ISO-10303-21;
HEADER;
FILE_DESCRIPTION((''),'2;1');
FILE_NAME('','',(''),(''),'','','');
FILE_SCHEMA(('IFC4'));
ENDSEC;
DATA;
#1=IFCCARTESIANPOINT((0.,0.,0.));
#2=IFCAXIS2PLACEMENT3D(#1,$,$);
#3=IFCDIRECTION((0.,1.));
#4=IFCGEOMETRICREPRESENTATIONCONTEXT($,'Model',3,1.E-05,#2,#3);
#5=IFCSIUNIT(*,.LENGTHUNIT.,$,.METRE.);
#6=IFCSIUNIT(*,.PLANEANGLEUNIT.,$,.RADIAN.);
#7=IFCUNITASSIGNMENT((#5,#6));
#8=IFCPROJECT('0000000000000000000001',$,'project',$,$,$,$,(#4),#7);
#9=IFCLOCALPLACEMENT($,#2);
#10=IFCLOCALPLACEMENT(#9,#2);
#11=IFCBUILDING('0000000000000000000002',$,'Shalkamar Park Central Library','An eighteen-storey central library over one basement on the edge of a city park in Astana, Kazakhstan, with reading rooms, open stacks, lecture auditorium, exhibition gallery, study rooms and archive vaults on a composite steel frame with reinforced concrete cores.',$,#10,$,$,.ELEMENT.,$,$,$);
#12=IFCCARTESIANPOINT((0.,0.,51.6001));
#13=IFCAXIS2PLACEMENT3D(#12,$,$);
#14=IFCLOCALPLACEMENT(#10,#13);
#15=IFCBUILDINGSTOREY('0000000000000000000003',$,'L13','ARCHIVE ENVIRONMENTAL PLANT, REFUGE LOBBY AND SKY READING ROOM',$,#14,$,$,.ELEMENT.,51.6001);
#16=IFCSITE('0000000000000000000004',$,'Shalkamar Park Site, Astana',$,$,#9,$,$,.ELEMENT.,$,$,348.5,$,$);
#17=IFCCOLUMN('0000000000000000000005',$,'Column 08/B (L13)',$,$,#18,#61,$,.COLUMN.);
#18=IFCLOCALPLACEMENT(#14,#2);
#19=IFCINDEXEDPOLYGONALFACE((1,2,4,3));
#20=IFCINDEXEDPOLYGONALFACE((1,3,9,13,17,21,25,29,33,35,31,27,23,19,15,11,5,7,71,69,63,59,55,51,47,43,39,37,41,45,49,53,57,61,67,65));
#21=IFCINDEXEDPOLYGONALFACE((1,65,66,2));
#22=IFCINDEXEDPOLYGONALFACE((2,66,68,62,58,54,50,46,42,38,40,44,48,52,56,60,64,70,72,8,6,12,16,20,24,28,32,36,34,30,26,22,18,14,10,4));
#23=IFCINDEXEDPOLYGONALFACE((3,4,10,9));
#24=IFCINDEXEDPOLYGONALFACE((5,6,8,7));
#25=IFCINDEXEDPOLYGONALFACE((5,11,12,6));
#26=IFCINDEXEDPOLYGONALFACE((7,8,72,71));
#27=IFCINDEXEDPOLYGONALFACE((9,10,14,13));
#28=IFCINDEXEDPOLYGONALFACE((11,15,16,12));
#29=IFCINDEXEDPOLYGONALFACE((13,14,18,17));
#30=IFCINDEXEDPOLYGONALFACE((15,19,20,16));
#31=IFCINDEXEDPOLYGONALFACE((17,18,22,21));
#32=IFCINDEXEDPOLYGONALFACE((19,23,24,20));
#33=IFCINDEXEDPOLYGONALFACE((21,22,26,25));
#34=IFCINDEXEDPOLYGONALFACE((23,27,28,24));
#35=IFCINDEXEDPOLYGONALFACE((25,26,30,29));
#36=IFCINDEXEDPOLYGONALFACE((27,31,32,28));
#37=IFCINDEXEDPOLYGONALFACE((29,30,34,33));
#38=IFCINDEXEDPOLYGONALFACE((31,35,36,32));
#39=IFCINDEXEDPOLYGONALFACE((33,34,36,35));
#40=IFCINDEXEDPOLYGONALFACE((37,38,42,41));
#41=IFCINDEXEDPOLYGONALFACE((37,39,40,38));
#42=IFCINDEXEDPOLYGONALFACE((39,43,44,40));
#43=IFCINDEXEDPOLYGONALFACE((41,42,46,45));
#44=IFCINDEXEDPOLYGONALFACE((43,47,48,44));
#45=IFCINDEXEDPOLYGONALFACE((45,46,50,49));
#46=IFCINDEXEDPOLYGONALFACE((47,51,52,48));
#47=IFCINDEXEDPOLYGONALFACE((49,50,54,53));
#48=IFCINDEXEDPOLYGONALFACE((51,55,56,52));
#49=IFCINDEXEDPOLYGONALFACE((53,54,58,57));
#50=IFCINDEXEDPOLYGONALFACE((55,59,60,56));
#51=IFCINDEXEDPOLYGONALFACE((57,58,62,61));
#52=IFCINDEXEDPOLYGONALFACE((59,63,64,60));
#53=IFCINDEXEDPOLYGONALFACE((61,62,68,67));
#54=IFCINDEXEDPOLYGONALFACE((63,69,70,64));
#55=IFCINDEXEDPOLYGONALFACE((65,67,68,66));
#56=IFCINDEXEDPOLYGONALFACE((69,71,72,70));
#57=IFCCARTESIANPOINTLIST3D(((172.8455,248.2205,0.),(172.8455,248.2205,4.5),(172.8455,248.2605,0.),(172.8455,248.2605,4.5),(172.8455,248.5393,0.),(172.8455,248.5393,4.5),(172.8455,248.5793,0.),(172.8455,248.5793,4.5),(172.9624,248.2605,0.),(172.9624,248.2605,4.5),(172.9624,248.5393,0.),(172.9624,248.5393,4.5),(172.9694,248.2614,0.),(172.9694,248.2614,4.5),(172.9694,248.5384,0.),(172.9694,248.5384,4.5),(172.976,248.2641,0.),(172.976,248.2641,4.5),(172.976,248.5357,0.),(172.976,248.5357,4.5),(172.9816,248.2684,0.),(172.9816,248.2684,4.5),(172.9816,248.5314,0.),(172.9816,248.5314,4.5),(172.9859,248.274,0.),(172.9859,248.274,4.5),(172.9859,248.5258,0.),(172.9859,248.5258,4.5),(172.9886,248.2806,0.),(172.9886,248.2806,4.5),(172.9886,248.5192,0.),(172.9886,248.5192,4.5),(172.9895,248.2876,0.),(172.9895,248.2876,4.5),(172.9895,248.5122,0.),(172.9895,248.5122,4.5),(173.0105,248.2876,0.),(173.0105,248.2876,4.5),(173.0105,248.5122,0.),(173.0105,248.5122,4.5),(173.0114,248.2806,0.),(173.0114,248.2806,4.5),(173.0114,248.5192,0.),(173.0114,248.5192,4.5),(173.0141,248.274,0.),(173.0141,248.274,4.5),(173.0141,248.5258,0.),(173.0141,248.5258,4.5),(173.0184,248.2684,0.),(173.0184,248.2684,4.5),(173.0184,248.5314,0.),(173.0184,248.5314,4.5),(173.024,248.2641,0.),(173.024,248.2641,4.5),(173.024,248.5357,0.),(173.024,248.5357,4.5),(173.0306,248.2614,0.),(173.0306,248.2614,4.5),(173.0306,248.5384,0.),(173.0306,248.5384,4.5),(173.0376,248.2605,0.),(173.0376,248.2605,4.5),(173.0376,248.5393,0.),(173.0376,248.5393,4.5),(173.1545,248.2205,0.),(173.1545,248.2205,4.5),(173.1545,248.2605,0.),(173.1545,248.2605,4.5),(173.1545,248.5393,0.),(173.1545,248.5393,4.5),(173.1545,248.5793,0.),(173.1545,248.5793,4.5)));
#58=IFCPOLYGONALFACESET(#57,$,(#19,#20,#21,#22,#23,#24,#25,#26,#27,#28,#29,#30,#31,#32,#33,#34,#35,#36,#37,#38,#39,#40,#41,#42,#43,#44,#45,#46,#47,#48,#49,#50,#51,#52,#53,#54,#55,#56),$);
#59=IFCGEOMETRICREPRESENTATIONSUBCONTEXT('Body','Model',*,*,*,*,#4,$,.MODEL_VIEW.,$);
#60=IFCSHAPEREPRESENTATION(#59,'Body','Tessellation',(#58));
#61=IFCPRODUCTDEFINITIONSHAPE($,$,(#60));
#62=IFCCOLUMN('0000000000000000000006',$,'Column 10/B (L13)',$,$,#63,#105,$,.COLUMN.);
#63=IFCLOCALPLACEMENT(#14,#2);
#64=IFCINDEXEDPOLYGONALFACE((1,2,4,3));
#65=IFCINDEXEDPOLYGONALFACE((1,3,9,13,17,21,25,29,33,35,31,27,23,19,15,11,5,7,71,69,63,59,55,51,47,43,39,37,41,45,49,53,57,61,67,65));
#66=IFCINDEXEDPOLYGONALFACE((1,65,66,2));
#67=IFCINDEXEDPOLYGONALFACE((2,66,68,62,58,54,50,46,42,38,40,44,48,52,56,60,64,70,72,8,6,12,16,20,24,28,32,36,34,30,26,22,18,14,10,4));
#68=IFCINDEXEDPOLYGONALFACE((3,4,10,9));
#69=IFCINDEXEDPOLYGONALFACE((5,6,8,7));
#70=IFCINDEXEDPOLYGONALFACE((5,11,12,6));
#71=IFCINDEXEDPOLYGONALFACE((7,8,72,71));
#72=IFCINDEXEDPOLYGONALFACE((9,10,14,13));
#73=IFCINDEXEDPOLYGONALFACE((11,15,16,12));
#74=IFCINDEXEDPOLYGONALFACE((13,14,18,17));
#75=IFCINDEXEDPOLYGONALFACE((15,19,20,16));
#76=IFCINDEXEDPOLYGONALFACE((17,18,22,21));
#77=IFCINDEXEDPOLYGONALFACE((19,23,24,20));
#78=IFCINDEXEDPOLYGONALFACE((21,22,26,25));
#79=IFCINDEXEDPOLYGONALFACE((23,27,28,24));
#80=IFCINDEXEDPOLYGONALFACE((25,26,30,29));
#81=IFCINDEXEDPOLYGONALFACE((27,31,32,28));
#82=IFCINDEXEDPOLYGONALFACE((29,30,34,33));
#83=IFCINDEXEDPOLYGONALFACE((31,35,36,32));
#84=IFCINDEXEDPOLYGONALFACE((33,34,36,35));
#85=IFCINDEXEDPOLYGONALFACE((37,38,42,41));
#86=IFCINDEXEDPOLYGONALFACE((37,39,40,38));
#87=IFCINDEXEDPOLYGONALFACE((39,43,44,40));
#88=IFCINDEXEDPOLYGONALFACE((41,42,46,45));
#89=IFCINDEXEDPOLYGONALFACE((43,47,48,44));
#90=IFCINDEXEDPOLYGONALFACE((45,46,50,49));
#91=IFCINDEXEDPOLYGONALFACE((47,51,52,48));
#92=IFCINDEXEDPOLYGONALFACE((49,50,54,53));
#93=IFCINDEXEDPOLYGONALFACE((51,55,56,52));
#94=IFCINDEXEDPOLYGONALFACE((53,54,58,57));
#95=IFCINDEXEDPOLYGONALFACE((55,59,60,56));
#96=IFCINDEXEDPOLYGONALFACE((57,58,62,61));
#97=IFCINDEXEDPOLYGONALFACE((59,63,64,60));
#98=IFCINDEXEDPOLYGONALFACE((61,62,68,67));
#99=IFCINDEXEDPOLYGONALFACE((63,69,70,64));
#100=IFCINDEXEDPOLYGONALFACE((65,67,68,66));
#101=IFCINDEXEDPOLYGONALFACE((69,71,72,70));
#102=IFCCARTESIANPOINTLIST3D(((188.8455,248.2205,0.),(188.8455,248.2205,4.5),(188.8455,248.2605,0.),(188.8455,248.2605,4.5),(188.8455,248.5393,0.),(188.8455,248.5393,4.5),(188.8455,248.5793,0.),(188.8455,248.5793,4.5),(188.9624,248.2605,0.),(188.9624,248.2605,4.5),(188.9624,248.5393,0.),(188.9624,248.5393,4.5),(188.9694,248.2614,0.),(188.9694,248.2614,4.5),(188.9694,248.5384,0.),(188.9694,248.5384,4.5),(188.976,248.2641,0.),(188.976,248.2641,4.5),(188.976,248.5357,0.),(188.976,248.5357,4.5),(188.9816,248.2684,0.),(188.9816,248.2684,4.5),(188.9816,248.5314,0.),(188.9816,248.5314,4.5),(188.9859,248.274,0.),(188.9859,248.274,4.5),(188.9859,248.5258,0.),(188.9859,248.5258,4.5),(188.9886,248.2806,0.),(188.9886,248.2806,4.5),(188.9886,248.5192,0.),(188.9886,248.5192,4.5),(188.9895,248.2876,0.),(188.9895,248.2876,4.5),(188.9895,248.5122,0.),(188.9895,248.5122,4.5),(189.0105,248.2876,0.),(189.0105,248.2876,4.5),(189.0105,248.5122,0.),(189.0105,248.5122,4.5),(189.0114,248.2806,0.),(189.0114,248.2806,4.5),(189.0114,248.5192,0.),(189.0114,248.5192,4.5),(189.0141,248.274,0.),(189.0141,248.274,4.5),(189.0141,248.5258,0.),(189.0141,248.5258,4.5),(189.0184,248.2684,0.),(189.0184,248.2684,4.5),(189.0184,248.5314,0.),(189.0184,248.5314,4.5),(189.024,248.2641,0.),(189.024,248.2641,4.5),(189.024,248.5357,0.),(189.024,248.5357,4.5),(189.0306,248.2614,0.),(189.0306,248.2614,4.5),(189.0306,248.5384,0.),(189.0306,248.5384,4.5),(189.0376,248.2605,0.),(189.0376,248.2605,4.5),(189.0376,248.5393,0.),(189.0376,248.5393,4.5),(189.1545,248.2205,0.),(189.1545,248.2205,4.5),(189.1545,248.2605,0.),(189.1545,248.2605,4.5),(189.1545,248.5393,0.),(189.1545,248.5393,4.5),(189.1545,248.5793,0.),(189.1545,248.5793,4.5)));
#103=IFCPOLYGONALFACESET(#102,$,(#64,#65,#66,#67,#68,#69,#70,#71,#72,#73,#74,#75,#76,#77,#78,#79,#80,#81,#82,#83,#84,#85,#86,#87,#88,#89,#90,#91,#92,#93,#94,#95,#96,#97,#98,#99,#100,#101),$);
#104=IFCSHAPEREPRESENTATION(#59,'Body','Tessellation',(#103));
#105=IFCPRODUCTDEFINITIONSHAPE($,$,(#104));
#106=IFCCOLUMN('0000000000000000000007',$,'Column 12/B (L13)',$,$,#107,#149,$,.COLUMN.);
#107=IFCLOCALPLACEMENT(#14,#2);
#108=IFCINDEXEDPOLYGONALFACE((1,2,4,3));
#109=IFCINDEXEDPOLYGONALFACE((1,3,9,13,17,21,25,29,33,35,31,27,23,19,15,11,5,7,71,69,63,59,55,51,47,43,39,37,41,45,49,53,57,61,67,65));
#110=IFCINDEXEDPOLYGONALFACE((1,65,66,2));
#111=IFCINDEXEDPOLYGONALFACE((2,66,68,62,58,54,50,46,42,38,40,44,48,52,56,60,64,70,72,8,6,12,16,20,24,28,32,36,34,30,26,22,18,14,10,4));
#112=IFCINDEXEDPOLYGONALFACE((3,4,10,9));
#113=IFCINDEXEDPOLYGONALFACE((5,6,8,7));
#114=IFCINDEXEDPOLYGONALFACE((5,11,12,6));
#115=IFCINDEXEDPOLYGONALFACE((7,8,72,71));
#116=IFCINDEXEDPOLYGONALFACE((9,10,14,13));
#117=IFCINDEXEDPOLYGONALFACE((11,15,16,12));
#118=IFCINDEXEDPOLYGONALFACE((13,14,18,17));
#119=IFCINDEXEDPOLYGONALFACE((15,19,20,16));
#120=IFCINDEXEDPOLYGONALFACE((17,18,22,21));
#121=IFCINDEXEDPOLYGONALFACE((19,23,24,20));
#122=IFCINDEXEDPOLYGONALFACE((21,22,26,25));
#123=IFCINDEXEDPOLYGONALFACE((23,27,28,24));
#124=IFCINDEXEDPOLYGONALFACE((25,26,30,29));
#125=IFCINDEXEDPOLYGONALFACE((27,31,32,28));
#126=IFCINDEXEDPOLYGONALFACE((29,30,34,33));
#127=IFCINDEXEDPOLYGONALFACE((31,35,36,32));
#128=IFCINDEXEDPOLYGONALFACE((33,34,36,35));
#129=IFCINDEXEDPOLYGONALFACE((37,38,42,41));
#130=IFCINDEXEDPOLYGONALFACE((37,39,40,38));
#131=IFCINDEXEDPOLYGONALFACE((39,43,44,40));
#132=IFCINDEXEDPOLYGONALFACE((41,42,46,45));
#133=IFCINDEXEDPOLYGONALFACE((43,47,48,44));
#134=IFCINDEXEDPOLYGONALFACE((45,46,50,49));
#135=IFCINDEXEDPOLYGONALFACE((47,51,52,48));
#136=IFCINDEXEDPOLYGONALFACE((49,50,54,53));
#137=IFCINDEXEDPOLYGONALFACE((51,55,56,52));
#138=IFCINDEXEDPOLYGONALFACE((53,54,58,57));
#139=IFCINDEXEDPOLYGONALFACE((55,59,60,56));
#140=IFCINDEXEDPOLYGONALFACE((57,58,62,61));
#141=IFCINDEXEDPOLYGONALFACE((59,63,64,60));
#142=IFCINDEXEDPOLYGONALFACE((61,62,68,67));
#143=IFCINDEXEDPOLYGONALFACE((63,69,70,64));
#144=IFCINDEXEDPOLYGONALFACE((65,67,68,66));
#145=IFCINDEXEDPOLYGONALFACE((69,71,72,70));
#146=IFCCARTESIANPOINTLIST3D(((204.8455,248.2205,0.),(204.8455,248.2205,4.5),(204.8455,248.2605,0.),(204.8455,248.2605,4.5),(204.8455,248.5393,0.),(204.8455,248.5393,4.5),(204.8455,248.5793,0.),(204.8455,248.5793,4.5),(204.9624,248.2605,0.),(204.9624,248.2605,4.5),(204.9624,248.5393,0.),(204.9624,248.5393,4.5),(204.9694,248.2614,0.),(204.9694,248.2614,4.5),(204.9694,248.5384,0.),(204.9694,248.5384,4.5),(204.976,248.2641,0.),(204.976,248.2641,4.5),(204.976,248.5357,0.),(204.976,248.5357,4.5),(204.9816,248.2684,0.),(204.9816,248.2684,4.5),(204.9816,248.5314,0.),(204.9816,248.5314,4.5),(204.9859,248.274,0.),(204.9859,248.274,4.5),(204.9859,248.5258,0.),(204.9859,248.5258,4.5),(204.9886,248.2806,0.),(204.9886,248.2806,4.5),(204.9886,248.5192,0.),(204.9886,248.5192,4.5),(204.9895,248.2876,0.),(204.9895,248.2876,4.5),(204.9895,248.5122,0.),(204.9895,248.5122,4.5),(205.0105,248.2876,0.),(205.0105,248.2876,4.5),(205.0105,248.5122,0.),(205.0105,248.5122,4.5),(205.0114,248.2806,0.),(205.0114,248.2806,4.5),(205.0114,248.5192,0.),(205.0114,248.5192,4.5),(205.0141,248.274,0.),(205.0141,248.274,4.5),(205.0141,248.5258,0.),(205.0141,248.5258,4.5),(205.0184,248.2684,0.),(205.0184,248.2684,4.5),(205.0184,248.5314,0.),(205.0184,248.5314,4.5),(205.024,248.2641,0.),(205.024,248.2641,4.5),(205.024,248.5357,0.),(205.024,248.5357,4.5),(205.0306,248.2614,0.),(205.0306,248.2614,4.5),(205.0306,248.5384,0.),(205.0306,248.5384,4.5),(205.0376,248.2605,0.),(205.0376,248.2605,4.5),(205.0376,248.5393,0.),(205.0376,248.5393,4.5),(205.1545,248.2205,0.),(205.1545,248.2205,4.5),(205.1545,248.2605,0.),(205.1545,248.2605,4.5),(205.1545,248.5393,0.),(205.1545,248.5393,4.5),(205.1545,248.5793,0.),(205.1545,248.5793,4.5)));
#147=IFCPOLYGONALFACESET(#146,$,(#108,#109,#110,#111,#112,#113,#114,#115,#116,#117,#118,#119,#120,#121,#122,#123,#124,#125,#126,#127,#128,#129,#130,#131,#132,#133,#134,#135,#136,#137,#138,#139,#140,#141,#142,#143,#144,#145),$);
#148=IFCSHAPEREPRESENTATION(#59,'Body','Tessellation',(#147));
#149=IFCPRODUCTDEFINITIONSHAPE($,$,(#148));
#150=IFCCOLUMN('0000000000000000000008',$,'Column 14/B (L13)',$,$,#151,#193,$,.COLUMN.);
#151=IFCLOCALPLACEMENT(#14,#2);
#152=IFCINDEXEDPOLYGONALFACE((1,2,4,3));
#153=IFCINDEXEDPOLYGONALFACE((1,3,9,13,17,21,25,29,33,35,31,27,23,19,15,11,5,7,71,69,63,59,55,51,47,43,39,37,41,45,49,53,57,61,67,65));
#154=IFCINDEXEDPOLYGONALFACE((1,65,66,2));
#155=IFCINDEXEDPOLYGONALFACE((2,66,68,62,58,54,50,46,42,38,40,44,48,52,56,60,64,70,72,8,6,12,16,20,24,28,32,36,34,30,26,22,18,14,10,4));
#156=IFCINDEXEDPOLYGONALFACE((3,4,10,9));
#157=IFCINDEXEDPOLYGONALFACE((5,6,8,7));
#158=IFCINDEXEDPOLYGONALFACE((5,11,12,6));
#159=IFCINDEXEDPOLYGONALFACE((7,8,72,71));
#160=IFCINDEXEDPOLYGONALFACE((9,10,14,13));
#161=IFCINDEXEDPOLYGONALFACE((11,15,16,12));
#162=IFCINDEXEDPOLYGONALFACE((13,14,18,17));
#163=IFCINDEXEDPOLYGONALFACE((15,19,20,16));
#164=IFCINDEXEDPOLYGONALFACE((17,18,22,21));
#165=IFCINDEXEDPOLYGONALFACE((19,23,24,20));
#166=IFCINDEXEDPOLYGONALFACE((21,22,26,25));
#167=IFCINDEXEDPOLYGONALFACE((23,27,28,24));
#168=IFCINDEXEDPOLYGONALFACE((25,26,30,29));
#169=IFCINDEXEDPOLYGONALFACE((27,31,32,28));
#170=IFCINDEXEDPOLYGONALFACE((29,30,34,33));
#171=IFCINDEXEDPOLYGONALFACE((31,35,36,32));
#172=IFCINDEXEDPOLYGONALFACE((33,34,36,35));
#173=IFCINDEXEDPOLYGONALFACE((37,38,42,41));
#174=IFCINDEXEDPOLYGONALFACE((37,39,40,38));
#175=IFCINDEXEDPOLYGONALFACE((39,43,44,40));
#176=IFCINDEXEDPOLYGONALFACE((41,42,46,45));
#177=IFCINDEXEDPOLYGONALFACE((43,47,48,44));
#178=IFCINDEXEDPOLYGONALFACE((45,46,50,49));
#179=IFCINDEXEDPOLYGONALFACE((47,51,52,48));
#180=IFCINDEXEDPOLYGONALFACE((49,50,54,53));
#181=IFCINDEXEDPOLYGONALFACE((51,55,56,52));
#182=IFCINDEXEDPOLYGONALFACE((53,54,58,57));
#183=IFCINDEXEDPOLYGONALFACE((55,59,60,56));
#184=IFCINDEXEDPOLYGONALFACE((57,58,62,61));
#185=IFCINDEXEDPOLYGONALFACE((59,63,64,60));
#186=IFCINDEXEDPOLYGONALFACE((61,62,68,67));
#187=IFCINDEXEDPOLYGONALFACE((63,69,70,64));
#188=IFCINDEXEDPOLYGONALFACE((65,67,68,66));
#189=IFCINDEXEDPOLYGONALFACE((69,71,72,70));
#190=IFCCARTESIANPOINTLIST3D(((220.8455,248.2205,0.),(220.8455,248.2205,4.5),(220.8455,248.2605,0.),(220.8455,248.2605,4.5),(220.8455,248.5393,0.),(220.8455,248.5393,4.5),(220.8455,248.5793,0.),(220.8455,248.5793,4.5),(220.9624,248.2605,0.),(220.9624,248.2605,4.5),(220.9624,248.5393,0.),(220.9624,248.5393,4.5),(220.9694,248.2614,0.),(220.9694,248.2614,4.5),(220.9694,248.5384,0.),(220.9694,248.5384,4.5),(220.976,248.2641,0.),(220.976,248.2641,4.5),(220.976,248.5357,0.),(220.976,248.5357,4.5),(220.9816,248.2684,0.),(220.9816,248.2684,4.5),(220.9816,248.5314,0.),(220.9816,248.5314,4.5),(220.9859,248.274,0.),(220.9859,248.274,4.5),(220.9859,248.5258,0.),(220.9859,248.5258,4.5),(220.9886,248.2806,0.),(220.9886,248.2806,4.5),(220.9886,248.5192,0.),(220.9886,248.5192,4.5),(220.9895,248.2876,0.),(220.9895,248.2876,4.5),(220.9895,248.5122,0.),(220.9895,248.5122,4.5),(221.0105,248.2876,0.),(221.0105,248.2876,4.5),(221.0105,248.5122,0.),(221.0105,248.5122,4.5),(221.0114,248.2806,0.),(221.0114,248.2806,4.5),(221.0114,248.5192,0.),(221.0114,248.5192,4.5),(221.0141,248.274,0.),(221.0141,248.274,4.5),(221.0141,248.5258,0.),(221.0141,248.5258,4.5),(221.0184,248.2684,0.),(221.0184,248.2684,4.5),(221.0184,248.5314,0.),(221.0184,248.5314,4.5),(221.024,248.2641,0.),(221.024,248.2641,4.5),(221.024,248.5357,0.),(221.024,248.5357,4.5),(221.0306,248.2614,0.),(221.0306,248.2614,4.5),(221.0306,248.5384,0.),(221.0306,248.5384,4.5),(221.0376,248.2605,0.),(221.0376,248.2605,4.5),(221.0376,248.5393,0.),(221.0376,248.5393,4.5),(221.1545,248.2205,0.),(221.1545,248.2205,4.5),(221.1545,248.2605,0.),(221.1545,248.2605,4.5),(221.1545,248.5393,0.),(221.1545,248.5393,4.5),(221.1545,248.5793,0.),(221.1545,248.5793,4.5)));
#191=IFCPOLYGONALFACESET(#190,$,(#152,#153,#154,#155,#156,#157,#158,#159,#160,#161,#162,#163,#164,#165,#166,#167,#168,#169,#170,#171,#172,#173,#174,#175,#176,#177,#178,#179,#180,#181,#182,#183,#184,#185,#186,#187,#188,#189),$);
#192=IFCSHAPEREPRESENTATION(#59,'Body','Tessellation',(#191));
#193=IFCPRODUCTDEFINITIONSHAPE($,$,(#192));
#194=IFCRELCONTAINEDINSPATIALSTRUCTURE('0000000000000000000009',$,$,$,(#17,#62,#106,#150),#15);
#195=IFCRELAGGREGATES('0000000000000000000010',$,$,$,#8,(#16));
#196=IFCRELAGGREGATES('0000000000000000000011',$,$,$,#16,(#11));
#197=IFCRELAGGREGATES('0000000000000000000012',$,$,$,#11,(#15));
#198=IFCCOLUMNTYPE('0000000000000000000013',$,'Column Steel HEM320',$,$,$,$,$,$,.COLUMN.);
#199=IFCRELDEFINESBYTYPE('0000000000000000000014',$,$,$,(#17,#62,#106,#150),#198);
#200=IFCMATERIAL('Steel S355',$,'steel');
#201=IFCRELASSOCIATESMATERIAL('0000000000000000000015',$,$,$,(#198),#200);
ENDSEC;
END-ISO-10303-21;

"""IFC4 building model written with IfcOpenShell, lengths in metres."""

from ifc_helpers import new_model, si_unit, direction, frame, origin, origin_2d, place, context, subcontext, project, spatial, i_section, extrude, material, material_profile, profile_set, type_object, element, save


model = new_model("IFC4")

# Units and contexts
model_context = context("Model", 3, precision=1e-05, world=origin(), true_north=direction((0.0, 1.0)))
body_context = subcontext(model_context, "Body", "Model", "MODEL_VIEW")
ifc_project = project(units=[si_unit("LENGTHUNIT", "METRE"), si_unit("PLANEANGLEUNIT", "RADIAN")], contexts=[model_context])

# Site, building, storey
site_placement = place(None, origin())
site = spatial("IfcSite", under=ifc_project, at=site_placement, Name="Shalkamar Park Site, Astana", CompositionType="ELEMENT", RefElevation=348.5)
building_placement = place(site_placement, origin())
building = spatial("IfcBuilding", under=site, at=building_placement, Name="Shalkamar Park Central Library", Description="An eighteen-storey central library over one basement on the edge of a city park in Astana, Kazakhstan, with reading rooms, open stacks, lecture auditorium, exhibition gallery, study rooms and archive vaults on a composite steel frame with reinforced concrete cores.", CompositionType="ELEMENT")
storey_placement = place(building_placement, frame((0.0, 0.0, 51.6001)))
storey = spatial("IfcBuildingStorey", under=building, at=storey_placement, Name="L13", Description="ARCHIVE ENVIRONMENTAL PLANT, REFUGE LOBBY AND SKY READING ROOM", CompositionType="ELEMENT", Elevation=51.6001)

# Columns
ifc_material_1 = material(Name="Steel S355", Category="steel")
ifc_material_profile_1 = material_profile(ifc_material_1, i_section(OverallWidth=0.3091, OverallDepth=0.3589, WebThickness=0.021, FlangeThickness=0.04, FilletRadius=0.0271, at=origin_2d()), Name="HEM 320")
ifc_profile_set_1 = profile_set([ifc_material_profile_1], Name="Steel S355")
column_type_1 = type_object("IfcColumnType", Name="Column Steel HEM320", PredefinedType="COLUMN", material=ifc_profile_set_1)
for number, where, z_axis, x_axis, name in (
    (1, (173.0, 248.3999, 0.0), (0.0, 0.0, 1.0), (1.0, 0.0, 0.0), "Column 08/B (L13)"),
    (2, (189.0, 248.3999, 0.0), (0.0, 0.0, 1.0), (1.0, 0.0, 0.0), "Column 10/B (L13)"),
    (3, (205.0, 248.3999, 0.0), (0.0, 0.0, 1.0), (1.0, 0.0, 0.0), "Column 12/B (L13)"),
    (4, (221.0, 248.3999, 0.0), (0.0, 0.0, 1.0), (1.0, 0.0, 0.0), "Column 14/B (L13)"),
):
    element("IfcColumn", number, at=place(storey_placement, frame(where, z_axis=z_axis, x_axis=x_axis)), inside=storey, type_object=column_type_1, Name=name, PredefinedType="COLUMN", context=body_context, shape_type="SweptSolid", body=[
        extrude(i_section(OverallWidth=0.3091, OverallDepth=0.3589, WebThickness=0.021, FlangeThickness=0.04, FilletRadius=0.0271, at=origin_2d()), origin(), (0.0, 0.0, 1.0), 4.5),
    ])

save(model, "model.ifc")
